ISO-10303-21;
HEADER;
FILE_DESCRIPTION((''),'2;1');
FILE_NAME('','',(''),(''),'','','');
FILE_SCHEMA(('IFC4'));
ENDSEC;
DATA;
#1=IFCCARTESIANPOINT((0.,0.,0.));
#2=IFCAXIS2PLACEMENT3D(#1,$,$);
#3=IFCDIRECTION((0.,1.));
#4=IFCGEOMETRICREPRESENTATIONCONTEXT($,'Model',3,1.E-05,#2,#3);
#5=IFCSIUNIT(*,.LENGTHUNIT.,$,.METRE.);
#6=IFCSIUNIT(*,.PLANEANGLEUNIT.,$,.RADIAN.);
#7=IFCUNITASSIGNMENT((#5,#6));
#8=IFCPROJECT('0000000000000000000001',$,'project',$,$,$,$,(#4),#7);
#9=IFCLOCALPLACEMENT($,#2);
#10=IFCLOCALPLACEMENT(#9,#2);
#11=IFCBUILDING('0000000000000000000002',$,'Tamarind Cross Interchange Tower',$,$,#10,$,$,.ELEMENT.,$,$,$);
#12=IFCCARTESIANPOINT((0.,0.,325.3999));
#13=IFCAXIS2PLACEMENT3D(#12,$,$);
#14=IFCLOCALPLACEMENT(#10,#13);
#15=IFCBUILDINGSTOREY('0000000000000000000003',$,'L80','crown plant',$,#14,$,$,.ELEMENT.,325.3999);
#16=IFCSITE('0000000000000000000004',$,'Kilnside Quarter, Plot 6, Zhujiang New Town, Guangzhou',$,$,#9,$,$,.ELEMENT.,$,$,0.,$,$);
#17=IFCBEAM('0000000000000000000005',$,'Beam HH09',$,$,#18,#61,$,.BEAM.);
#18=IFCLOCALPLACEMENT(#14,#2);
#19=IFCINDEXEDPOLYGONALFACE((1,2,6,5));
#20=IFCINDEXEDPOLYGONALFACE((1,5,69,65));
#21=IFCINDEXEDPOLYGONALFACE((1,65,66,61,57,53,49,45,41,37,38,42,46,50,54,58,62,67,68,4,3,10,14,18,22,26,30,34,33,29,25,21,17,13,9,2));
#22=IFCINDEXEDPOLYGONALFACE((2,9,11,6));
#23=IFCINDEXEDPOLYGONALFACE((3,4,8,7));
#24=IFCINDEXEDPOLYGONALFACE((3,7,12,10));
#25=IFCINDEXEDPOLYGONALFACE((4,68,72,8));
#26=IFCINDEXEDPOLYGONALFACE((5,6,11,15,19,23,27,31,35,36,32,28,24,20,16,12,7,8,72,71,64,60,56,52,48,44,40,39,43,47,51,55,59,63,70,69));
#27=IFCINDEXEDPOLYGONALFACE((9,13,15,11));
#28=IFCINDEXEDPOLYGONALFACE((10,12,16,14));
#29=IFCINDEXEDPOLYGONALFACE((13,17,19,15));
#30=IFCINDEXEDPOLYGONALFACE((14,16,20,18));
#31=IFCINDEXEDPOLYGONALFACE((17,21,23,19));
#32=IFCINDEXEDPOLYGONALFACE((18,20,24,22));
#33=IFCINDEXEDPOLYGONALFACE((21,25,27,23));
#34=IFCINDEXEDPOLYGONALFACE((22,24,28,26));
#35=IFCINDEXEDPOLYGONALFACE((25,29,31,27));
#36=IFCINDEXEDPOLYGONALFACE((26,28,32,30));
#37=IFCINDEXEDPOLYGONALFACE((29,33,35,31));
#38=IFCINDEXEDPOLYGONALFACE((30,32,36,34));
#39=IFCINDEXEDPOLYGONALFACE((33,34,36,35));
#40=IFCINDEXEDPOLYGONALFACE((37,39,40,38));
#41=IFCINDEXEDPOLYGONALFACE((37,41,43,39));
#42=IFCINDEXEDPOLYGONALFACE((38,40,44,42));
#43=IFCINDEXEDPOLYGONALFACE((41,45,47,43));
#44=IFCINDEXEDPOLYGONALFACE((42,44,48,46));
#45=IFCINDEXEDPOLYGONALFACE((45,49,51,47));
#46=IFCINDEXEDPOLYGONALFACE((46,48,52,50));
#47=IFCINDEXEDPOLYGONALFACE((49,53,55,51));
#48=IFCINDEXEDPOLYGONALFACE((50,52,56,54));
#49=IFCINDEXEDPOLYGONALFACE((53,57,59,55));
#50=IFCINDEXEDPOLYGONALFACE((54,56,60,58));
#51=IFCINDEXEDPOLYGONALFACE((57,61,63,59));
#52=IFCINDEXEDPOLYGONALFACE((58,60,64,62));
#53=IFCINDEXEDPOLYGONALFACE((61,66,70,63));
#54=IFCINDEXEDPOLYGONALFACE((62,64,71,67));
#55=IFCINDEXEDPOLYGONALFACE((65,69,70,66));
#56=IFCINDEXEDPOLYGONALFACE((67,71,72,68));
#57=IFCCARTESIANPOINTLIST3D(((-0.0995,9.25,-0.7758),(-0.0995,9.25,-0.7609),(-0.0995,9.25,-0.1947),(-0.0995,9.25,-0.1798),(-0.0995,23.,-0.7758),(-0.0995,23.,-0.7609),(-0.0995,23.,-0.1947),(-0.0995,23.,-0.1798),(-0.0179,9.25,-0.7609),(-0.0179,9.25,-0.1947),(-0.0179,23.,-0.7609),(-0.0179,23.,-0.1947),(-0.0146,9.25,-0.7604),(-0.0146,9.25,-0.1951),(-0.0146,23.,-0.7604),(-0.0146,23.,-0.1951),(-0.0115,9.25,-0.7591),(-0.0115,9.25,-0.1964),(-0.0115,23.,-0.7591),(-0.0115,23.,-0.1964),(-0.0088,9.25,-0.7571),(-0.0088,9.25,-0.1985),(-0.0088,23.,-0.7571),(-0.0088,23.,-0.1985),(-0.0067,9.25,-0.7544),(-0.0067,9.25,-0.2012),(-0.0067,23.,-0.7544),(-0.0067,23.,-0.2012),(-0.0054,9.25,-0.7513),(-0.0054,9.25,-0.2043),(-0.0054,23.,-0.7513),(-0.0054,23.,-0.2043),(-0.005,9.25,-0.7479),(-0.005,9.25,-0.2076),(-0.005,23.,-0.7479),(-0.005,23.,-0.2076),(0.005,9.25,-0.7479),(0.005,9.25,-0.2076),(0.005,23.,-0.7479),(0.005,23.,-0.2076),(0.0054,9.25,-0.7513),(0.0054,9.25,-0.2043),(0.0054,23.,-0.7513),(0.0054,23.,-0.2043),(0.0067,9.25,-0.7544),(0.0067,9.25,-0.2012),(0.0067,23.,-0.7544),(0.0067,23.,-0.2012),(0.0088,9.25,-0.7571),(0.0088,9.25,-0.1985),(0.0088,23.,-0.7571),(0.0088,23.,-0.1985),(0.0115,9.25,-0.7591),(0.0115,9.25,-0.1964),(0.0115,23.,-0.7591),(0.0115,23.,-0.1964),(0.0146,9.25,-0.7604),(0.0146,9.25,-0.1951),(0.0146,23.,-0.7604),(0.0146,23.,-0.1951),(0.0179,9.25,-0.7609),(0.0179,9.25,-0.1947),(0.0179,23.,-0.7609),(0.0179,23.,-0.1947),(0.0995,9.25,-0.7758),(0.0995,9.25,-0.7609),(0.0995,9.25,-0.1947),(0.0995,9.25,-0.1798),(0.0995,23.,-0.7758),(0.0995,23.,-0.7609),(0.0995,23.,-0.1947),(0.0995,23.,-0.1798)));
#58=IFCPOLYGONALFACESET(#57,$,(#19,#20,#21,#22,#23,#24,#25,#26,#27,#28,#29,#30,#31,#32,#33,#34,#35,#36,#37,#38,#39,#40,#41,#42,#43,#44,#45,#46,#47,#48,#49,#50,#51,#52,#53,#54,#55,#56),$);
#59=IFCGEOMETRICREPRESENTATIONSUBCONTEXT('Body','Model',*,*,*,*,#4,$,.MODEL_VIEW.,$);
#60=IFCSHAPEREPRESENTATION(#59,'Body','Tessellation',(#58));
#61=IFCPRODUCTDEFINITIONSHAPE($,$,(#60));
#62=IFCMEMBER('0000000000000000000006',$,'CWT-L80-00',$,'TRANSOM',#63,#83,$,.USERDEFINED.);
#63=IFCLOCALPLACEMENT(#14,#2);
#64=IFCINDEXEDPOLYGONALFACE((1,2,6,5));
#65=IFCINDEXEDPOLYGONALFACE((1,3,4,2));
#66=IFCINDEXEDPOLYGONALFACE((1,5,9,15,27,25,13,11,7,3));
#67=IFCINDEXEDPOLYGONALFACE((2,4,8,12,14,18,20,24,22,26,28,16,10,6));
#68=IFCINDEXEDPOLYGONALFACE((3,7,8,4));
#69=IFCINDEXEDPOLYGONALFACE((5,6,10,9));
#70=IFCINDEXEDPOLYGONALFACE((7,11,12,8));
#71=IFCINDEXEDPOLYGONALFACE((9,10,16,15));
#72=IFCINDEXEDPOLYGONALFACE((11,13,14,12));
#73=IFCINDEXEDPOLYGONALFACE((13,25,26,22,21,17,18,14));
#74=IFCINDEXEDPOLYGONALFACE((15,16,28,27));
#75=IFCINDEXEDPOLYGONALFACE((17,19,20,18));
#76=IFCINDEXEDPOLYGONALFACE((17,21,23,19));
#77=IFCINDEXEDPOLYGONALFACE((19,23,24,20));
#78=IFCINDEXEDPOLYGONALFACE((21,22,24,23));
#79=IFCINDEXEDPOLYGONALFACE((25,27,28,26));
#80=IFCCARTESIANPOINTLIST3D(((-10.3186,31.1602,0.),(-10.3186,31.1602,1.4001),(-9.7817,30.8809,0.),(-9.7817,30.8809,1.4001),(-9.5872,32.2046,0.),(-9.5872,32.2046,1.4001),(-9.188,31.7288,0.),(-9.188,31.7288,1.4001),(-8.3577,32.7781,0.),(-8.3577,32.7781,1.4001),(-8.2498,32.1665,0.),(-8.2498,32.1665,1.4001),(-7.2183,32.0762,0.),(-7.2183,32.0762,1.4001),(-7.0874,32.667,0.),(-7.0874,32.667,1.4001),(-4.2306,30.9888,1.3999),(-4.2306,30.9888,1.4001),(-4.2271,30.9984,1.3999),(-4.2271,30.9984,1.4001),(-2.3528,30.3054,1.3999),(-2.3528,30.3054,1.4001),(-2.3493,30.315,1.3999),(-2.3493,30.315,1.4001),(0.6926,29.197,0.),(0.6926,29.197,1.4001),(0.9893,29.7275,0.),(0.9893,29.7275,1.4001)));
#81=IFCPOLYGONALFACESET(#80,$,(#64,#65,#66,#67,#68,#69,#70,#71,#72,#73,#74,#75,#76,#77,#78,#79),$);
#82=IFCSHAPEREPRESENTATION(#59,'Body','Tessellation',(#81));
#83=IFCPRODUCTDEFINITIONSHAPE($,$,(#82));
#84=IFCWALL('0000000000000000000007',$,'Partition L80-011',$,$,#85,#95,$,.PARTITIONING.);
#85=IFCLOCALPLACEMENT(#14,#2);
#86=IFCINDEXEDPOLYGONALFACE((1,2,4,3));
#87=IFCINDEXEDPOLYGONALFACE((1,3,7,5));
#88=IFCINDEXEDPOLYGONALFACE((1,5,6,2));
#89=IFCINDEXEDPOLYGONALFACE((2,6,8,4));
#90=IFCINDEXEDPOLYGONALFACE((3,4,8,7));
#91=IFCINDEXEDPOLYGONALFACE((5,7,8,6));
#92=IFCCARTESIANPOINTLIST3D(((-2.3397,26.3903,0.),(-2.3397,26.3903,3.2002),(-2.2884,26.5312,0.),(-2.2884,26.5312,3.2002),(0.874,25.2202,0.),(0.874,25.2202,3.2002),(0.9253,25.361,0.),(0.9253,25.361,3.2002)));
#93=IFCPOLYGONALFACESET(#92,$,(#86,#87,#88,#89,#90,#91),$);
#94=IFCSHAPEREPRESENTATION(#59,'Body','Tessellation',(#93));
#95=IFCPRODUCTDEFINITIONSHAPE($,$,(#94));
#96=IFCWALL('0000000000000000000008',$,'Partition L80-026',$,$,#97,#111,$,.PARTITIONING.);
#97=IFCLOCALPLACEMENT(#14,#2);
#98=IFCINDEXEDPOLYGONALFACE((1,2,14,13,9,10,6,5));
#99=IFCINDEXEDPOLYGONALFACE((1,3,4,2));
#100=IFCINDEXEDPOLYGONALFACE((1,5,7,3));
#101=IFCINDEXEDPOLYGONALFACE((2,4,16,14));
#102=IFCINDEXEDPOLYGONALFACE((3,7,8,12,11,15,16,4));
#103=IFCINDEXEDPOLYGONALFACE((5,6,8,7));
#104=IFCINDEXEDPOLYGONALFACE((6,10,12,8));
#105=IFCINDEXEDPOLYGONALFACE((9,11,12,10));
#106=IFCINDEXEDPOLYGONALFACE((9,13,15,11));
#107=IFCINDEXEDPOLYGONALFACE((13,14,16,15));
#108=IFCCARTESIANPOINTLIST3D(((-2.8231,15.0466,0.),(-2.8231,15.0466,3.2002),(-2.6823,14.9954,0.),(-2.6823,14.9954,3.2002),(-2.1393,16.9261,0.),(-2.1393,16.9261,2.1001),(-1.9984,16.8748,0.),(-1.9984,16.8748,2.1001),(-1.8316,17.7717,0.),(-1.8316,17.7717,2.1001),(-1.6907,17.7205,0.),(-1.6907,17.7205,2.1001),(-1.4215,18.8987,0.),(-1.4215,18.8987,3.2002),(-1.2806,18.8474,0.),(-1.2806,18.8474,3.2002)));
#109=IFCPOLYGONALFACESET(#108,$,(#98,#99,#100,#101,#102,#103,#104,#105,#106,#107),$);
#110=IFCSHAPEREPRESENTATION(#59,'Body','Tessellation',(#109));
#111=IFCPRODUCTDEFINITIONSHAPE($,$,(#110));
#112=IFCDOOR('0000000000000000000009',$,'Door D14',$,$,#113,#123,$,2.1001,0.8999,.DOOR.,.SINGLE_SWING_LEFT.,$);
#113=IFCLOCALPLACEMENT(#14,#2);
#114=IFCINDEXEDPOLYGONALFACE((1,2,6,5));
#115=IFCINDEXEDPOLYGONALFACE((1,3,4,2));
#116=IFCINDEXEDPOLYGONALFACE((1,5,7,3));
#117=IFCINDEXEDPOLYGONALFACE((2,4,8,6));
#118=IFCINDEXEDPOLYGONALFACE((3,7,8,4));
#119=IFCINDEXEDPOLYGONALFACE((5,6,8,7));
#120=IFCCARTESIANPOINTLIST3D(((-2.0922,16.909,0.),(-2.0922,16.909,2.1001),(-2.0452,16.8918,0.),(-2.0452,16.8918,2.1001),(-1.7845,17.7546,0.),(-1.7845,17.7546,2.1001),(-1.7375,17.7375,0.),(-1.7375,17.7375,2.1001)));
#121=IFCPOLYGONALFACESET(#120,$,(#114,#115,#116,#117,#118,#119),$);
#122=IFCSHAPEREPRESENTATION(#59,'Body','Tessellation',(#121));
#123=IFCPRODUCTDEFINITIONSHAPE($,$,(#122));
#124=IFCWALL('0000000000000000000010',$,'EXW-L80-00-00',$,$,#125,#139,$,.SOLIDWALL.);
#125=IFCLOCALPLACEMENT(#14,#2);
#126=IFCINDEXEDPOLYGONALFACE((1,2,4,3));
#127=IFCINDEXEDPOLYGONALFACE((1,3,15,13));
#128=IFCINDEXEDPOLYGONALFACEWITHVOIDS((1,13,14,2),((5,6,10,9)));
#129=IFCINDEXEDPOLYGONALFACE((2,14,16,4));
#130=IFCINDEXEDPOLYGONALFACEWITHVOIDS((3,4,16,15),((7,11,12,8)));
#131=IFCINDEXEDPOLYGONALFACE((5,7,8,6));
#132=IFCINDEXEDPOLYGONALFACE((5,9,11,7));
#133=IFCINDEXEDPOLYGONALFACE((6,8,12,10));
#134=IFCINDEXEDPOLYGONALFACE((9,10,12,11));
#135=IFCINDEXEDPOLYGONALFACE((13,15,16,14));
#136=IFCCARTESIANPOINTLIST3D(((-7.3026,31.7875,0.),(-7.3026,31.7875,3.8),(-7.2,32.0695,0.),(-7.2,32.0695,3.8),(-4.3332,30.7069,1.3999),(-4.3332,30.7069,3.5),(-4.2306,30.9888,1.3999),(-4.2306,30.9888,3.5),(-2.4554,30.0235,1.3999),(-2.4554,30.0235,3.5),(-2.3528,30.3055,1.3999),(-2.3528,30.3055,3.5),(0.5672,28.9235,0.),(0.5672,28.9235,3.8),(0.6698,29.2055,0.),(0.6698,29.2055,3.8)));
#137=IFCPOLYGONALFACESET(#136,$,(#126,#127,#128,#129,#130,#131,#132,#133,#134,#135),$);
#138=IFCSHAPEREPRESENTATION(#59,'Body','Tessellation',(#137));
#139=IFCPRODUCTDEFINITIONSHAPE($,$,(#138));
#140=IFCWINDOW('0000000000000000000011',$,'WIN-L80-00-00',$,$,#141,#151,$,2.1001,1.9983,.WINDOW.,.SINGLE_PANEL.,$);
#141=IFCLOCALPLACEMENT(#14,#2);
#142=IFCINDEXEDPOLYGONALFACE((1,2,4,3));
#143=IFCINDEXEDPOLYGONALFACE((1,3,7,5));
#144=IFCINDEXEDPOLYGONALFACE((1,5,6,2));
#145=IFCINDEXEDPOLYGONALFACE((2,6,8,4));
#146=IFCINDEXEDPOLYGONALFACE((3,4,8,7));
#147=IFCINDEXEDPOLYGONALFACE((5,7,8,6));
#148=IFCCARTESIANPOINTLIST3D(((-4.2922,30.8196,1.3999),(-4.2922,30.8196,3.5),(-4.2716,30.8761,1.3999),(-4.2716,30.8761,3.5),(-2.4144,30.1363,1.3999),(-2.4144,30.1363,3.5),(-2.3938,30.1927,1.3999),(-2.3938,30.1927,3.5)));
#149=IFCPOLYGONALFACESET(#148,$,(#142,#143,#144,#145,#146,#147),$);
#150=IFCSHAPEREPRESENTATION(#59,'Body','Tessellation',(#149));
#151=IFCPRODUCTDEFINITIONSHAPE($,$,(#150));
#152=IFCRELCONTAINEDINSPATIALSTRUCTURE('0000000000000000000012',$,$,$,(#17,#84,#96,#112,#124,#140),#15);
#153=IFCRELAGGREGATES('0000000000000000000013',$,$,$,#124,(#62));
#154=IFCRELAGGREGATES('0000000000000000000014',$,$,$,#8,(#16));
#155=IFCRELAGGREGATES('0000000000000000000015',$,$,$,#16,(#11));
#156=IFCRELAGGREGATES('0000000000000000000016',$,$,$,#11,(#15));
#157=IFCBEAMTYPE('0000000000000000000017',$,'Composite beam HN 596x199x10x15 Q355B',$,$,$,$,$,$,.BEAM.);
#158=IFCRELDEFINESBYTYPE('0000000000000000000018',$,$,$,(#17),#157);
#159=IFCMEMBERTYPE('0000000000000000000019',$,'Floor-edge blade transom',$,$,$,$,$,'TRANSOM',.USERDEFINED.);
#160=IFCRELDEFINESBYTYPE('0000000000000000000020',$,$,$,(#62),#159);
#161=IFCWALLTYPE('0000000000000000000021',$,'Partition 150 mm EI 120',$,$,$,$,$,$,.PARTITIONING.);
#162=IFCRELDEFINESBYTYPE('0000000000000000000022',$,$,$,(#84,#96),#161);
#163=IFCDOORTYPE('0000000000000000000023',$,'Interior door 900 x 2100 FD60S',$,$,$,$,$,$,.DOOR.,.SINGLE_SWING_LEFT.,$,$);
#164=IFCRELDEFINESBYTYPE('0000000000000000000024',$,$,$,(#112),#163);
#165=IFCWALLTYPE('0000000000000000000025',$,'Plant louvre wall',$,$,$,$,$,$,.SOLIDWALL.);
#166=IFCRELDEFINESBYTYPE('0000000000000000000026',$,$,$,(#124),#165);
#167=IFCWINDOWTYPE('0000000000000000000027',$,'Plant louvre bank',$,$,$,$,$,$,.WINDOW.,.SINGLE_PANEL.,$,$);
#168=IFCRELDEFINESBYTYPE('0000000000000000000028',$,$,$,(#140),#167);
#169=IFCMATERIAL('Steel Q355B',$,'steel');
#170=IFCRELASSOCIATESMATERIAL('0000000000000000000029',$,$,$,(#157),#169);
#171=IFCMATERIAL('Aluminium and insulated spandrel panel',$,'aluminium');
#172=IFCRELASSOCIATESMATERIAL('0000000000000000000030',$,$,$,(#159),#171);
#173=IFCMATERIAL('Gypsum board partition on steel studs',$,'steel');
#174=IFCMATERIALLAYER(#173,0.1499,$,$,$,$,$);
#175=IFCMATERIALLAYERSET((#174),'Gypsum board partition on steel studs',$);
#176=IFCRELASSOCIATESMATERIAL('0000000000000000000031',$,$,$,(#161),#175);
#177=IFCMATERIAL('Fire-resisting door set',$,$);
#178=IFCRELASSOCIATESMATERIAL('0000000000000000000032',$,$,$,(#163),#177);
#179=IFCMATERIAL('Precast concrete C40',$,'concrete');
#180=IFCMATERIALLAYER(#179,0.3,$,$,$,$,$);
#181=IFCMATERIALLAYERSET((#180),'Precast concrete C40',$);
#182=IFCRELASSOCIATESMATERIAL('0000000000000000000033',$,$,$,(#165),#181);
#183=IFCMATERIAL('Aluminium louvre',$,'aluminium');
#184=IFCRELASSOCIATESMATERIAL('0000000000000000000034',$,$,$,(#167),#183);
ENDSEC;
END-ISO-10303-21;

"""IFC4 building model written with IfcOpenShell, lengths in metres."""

from ifc_helpers import new_model, si_unit, direction, frame, frame_2d, origin, origin_2d, place, context, subcontext, project, spatial, polyline, rectangle, i_section, outline, extrude, material, layer, layer_set, material_profile, profile_set, type_object, element, fill, aggregate, save


model = new_model("IFC4")

# Units and contexts
model_context = context("Model", 3, precision=1e-05, world=origin(), true_north=direction((0.0, 1.0)))
body_context = subcontext(model_context, "Body", "Model", "MODEL_VIEW")
ifc_project = project(units=[si_unit("LENGTHUNIT", "METRE"), si_unit("PLANEANGLEUNIT", "RADIAN")], contexts=[model_context])

# Site, building, storey
site_placement = place(None, origin())
site = spatial("IfcSite", under=ifc_project, at=site_placement, Name="Kilnside Quarter, Plot 6, Zhujiang New Town, Guangzhou", CompositionType="ELEMENT", RefElevation=0.0)
building_placement = place(site_placement, origin())
building = spatial("IfcBuilding", under=site, at=building_placement, Name="Tamarind Cross Interchange Tower", CompositionType="ELEMENT")
storey_placement = place(building_placement, frame((0.0, 0.0, 325.3999)))
storey = spatial("IfcBuildingStorey", under=building, at=storey_placement, Name="L80", Description="crown plant", CompositionType="ELEMENT", Elevation=325.3999)

# Beam
ifc_material_1 = material(Name="Steel Q355B", Category="steel")
ifc_material_profile_1 = material_profile(ifc_material_1, i_section(OverallWidth=0.199, OverallDepth=0.5959, WebThickness=0.01, FlangeThickness=0.0149, FilletRadius=0.0129, at=origin_2d()), Name="HN 596x199x10x15")
ifc_profile_set_1 = profile_set([ifc_material_profile_1], Name="Steel Q355B")
beam_type = type_object("IfcBeamType", Name="Composite beam HN 596x199x10x15 Q355B", PredefinedType="BEAM", material=ifc_profile_set_1)
beam_1_placement = place(storey_placement, frame((0.0, 23.0, -0.4778), z_axis=(0.0, -1.0, 0.0), x_axis=(1.0, 0.0, 0.0)))
element("IfcBeam", 1, at=beam_1_placement, inside=storey, type_object=beam_type, Name="Beam HH09", PredefinedType="BEAM", context=body_context, shape_type="SweptSolid", body=[
    extrude(i_section(OverallWidth=0.199, OverallDepth=0.5959, WebThickness=0.01, FlangeThickness=0.0149, FilletRadius=0.0129, at=origin_2d()), origin(), (0.0, 0.0, 1.0), 13.75),
])

# Member
ifc_material_2 = material(Name="Aluminium and insulated spandrel panel", Category="aluminium")
member_type = type_object("IfcMemberType", Name="Floor-edge blade transom", ElementType="TRANSOM", PredefinedType="USERDEFINED", material=ifc_material_2)
member_placement = place(storey_placement, origin())
member = element("IfcMember", 2, at=member_placement, type_object=member_type, Name="CWT-L80-00", ObjectType="TRANSOM", PredefinedType="USERDEFINED", context=body_context, shape_type="SweptSolid", body=[
    extrude(outline(polyline([(0.6926, 29.197), (-7.2183, 32.0762), (-8.2498, 32.1665), (-9.188, 31.7288), (-9.7817, 30.8809), (-10.3186, 31.1602), (-9.5872, 32.2046), (-8.3577, 32.7781), (-7.0874, 32.667), (0.9893, 29.7275), (0.6926, 29.197)])), origin(), (0.0, 0.0, 1.0), 1.4001),
])

# Wall
ifc_material_3 = material(Name="Gypsum board partition on steel studs", Category="steel")
ifc_layer_1 = layer(ifc_material_3, 0.1499)
ifc_layer_set_1 = layer_set([ifc_layer_1], Name="Gypsum board partition on steel studs")
wall_type_1 = type_object("IfcWallType", Name="Partition 150 mm EI 120", PredefinedType="PARTITIONING", material=ifc_layer_set_1)
wall_1_placement = place(storey_placement, frame((-2.314, 26.4607, 0.0), z_axis=(0.0, 0.0, 1.0), x_axis=(0.939654, -0.342127, 0.0)))
element("IfcWall", 3, at=wall_1_placement, inside=storey, type_object=wall_type_1, Name="Partition L80-011", PredefinedType="PARTITIONING", context=body_context, shape_type="SweptSolid", body=[
    extrude(rectangle(XDim=3.4202, YDim=0.1499, at=frame_2d((1.71, 0.0))), origin(), (0.0, 0.0, 1.0), 3.2002),
])

# Wall, opening, door
wall_2_placement = place(storey_placement, frame((-2.7527, 15.021, 0.0), z_axis=(0.0, 0.0, 1.0), x_axis=(0.34193, 0.939726, 0.0)))
wall_2 = element("IfcWall", 4, at=wall_2_placement, inside=storey, type_object=wall_type_1, Name="Partition L80-026", PredefinedType="PARTITIONING", context=body_context, shape_type="SweptSolid", body=[
    extrude(rectangle(XDim=4.0991, YDim=0.1499, at=frame_2d((2.0496, 0.0))), origin(), (0.0, 0.0, 1.0), 3.2002),
])
opening_1_placement = place(wall_2_placement, frame((2.0, 0.0, 0.0)))
opening_1 = element("IfcOpeningElement", 5, at=opening_1_placement, cuts=wall_2, PredefinedType="OPENING", context=body_context, shape_type="SweptSolid", body=[
    extrude(rectangle(XDim=0.8999, YDim=2.1001, at=frame_2d((0.45, 1.05))), frame((0.0, 0.085, 0.0), z_axis=(0.0, -1.0, 0.0), x_axis=(1.0, 0.0, 0.0)), (0.0, 0.0, 1.0), 0.1699),
])
ifc_material_4 = material(Name="Fire-resisting door set")
door_type = type_object("IfcDoorType", Name="Interior door 900 x 2100 FD60S", OperationType="SINGLE_SWING_LEFT", PredefinedType="DOOR", material=ifc_material_4)
door_1_placement = place(opening_1_placement, origin())
door_1 = element("IfcDoor", 6, at=door_1_placement, inside=storey, type_object=door_type, Name="Door D14", OperationType="SINGLE_SWING_LEFT", OverallHeight=2.1001, OverallWidth=0.8999, PredefinedType="DOOR", context=body_context, shape_type="SweptSolid", body=[
    extrude(rectangle(XDim=0.8999, YDim=2.1001, at=frame_2d((0.45, 1.05))), frame((0.0, 0.0249, 0.0), z_axis=(0.0, -1.0, 0.0), x_axis=(1.0, 0.0, 0.0)), (0.0, 0.0, 1.0), 0.05),
])
fill(opening_1, door_1)

# Wall, opening, window
ifc_material_5 = material(Name="Precast concrete C40", Category="concrete")
ifc_layer_2 = layer(ifc_material_5, 0.3)
ifc_layer_set_2 = layer_set([ifc_layer_2], Name="Precast concrete C40")
wall_type_2 = type_object("IfcWallType", Name="Plant louvre wall", PredefinedType="SOLIDWALL", material=ifc_layer_set_2)
wall_3_placement = place(storey_placement, frame((0.6187, 29.0645, 0.0), z_axis=(0.0, 0.0, 1.0), x_axis=(-0.939707, 0.341979, 0.0)))
wall_3 = element("IfcWall", 7, at=wall_3_placement, inside=storey, type_object=wall_type_2, Name="EXW-L80-00-00", PredefinedType="SOLIDWALL", context=body_context, shape_type="SweptSolid", body=[
    extrude(rectangle(XDim=8.3748, YDim=0.3, at=frame_2d((4.1875, 0.0))), origin(), (0.0, 0.0, 1.0), 3.8),
])
opening_2_placement = place(wall_3_placement, frame((3.2168, 0.0, 1.3999)))
opening_2 = element("IfcOpeningElement", 8, at=opening_2_placement, cuts=wall_3, PredefinedType="OPENING", context=body_context, shape_type="SweptSolid", body=[
    extrude(rectangle(XDim=1.9983, YDim=2.1001, at=frame_2d((0.999, 1.05))), frame((0.0, 0.1599, 0.0), z_axis=(0.0, -1.0, 0.0), x_axis=(1.0, 0.0, 0.0)), (0.0, 0.0, 1.0), 0.3201),
])
ifc_material_6 = material(Name="Aluminium louvre", Category="aluminium")
window_type = type_object("IfcWindowType", Name="Plant louvre bank", PartitioningType="SINGLE_PANEL", PredefinedType="WINDOW", material=ifc_material_6)
window_1_placement = place(opening_2_placement, origin())
window_1 = element("IfcWindow", 9, at=window_1_placement, inside=storey, type_object=window_type, Name="WIN-L80-00-00", OverallHeight=2.1001, OverallWidth=1.9983, PartitioningType="SINGLE_PANEL", PredefinedType="WINDOW", context=body_context, shape_type="SweptSolid", body=[
    extrude(rectangle(XDim=1.9983, YDim=2.1001, at=frame_2d((0.999, 1.05))), frame((0.0, 0.03, 0.0), z_axis=(0.0, -1.0, 0.0), x_axis=(1.0, 0.0, 0.0)), (0.0, 0.0, 1.0), 0.0601),
])
fill(opening_2, window_1)
aggregate(wall_3, [member])

save(model, "model.ifc")
